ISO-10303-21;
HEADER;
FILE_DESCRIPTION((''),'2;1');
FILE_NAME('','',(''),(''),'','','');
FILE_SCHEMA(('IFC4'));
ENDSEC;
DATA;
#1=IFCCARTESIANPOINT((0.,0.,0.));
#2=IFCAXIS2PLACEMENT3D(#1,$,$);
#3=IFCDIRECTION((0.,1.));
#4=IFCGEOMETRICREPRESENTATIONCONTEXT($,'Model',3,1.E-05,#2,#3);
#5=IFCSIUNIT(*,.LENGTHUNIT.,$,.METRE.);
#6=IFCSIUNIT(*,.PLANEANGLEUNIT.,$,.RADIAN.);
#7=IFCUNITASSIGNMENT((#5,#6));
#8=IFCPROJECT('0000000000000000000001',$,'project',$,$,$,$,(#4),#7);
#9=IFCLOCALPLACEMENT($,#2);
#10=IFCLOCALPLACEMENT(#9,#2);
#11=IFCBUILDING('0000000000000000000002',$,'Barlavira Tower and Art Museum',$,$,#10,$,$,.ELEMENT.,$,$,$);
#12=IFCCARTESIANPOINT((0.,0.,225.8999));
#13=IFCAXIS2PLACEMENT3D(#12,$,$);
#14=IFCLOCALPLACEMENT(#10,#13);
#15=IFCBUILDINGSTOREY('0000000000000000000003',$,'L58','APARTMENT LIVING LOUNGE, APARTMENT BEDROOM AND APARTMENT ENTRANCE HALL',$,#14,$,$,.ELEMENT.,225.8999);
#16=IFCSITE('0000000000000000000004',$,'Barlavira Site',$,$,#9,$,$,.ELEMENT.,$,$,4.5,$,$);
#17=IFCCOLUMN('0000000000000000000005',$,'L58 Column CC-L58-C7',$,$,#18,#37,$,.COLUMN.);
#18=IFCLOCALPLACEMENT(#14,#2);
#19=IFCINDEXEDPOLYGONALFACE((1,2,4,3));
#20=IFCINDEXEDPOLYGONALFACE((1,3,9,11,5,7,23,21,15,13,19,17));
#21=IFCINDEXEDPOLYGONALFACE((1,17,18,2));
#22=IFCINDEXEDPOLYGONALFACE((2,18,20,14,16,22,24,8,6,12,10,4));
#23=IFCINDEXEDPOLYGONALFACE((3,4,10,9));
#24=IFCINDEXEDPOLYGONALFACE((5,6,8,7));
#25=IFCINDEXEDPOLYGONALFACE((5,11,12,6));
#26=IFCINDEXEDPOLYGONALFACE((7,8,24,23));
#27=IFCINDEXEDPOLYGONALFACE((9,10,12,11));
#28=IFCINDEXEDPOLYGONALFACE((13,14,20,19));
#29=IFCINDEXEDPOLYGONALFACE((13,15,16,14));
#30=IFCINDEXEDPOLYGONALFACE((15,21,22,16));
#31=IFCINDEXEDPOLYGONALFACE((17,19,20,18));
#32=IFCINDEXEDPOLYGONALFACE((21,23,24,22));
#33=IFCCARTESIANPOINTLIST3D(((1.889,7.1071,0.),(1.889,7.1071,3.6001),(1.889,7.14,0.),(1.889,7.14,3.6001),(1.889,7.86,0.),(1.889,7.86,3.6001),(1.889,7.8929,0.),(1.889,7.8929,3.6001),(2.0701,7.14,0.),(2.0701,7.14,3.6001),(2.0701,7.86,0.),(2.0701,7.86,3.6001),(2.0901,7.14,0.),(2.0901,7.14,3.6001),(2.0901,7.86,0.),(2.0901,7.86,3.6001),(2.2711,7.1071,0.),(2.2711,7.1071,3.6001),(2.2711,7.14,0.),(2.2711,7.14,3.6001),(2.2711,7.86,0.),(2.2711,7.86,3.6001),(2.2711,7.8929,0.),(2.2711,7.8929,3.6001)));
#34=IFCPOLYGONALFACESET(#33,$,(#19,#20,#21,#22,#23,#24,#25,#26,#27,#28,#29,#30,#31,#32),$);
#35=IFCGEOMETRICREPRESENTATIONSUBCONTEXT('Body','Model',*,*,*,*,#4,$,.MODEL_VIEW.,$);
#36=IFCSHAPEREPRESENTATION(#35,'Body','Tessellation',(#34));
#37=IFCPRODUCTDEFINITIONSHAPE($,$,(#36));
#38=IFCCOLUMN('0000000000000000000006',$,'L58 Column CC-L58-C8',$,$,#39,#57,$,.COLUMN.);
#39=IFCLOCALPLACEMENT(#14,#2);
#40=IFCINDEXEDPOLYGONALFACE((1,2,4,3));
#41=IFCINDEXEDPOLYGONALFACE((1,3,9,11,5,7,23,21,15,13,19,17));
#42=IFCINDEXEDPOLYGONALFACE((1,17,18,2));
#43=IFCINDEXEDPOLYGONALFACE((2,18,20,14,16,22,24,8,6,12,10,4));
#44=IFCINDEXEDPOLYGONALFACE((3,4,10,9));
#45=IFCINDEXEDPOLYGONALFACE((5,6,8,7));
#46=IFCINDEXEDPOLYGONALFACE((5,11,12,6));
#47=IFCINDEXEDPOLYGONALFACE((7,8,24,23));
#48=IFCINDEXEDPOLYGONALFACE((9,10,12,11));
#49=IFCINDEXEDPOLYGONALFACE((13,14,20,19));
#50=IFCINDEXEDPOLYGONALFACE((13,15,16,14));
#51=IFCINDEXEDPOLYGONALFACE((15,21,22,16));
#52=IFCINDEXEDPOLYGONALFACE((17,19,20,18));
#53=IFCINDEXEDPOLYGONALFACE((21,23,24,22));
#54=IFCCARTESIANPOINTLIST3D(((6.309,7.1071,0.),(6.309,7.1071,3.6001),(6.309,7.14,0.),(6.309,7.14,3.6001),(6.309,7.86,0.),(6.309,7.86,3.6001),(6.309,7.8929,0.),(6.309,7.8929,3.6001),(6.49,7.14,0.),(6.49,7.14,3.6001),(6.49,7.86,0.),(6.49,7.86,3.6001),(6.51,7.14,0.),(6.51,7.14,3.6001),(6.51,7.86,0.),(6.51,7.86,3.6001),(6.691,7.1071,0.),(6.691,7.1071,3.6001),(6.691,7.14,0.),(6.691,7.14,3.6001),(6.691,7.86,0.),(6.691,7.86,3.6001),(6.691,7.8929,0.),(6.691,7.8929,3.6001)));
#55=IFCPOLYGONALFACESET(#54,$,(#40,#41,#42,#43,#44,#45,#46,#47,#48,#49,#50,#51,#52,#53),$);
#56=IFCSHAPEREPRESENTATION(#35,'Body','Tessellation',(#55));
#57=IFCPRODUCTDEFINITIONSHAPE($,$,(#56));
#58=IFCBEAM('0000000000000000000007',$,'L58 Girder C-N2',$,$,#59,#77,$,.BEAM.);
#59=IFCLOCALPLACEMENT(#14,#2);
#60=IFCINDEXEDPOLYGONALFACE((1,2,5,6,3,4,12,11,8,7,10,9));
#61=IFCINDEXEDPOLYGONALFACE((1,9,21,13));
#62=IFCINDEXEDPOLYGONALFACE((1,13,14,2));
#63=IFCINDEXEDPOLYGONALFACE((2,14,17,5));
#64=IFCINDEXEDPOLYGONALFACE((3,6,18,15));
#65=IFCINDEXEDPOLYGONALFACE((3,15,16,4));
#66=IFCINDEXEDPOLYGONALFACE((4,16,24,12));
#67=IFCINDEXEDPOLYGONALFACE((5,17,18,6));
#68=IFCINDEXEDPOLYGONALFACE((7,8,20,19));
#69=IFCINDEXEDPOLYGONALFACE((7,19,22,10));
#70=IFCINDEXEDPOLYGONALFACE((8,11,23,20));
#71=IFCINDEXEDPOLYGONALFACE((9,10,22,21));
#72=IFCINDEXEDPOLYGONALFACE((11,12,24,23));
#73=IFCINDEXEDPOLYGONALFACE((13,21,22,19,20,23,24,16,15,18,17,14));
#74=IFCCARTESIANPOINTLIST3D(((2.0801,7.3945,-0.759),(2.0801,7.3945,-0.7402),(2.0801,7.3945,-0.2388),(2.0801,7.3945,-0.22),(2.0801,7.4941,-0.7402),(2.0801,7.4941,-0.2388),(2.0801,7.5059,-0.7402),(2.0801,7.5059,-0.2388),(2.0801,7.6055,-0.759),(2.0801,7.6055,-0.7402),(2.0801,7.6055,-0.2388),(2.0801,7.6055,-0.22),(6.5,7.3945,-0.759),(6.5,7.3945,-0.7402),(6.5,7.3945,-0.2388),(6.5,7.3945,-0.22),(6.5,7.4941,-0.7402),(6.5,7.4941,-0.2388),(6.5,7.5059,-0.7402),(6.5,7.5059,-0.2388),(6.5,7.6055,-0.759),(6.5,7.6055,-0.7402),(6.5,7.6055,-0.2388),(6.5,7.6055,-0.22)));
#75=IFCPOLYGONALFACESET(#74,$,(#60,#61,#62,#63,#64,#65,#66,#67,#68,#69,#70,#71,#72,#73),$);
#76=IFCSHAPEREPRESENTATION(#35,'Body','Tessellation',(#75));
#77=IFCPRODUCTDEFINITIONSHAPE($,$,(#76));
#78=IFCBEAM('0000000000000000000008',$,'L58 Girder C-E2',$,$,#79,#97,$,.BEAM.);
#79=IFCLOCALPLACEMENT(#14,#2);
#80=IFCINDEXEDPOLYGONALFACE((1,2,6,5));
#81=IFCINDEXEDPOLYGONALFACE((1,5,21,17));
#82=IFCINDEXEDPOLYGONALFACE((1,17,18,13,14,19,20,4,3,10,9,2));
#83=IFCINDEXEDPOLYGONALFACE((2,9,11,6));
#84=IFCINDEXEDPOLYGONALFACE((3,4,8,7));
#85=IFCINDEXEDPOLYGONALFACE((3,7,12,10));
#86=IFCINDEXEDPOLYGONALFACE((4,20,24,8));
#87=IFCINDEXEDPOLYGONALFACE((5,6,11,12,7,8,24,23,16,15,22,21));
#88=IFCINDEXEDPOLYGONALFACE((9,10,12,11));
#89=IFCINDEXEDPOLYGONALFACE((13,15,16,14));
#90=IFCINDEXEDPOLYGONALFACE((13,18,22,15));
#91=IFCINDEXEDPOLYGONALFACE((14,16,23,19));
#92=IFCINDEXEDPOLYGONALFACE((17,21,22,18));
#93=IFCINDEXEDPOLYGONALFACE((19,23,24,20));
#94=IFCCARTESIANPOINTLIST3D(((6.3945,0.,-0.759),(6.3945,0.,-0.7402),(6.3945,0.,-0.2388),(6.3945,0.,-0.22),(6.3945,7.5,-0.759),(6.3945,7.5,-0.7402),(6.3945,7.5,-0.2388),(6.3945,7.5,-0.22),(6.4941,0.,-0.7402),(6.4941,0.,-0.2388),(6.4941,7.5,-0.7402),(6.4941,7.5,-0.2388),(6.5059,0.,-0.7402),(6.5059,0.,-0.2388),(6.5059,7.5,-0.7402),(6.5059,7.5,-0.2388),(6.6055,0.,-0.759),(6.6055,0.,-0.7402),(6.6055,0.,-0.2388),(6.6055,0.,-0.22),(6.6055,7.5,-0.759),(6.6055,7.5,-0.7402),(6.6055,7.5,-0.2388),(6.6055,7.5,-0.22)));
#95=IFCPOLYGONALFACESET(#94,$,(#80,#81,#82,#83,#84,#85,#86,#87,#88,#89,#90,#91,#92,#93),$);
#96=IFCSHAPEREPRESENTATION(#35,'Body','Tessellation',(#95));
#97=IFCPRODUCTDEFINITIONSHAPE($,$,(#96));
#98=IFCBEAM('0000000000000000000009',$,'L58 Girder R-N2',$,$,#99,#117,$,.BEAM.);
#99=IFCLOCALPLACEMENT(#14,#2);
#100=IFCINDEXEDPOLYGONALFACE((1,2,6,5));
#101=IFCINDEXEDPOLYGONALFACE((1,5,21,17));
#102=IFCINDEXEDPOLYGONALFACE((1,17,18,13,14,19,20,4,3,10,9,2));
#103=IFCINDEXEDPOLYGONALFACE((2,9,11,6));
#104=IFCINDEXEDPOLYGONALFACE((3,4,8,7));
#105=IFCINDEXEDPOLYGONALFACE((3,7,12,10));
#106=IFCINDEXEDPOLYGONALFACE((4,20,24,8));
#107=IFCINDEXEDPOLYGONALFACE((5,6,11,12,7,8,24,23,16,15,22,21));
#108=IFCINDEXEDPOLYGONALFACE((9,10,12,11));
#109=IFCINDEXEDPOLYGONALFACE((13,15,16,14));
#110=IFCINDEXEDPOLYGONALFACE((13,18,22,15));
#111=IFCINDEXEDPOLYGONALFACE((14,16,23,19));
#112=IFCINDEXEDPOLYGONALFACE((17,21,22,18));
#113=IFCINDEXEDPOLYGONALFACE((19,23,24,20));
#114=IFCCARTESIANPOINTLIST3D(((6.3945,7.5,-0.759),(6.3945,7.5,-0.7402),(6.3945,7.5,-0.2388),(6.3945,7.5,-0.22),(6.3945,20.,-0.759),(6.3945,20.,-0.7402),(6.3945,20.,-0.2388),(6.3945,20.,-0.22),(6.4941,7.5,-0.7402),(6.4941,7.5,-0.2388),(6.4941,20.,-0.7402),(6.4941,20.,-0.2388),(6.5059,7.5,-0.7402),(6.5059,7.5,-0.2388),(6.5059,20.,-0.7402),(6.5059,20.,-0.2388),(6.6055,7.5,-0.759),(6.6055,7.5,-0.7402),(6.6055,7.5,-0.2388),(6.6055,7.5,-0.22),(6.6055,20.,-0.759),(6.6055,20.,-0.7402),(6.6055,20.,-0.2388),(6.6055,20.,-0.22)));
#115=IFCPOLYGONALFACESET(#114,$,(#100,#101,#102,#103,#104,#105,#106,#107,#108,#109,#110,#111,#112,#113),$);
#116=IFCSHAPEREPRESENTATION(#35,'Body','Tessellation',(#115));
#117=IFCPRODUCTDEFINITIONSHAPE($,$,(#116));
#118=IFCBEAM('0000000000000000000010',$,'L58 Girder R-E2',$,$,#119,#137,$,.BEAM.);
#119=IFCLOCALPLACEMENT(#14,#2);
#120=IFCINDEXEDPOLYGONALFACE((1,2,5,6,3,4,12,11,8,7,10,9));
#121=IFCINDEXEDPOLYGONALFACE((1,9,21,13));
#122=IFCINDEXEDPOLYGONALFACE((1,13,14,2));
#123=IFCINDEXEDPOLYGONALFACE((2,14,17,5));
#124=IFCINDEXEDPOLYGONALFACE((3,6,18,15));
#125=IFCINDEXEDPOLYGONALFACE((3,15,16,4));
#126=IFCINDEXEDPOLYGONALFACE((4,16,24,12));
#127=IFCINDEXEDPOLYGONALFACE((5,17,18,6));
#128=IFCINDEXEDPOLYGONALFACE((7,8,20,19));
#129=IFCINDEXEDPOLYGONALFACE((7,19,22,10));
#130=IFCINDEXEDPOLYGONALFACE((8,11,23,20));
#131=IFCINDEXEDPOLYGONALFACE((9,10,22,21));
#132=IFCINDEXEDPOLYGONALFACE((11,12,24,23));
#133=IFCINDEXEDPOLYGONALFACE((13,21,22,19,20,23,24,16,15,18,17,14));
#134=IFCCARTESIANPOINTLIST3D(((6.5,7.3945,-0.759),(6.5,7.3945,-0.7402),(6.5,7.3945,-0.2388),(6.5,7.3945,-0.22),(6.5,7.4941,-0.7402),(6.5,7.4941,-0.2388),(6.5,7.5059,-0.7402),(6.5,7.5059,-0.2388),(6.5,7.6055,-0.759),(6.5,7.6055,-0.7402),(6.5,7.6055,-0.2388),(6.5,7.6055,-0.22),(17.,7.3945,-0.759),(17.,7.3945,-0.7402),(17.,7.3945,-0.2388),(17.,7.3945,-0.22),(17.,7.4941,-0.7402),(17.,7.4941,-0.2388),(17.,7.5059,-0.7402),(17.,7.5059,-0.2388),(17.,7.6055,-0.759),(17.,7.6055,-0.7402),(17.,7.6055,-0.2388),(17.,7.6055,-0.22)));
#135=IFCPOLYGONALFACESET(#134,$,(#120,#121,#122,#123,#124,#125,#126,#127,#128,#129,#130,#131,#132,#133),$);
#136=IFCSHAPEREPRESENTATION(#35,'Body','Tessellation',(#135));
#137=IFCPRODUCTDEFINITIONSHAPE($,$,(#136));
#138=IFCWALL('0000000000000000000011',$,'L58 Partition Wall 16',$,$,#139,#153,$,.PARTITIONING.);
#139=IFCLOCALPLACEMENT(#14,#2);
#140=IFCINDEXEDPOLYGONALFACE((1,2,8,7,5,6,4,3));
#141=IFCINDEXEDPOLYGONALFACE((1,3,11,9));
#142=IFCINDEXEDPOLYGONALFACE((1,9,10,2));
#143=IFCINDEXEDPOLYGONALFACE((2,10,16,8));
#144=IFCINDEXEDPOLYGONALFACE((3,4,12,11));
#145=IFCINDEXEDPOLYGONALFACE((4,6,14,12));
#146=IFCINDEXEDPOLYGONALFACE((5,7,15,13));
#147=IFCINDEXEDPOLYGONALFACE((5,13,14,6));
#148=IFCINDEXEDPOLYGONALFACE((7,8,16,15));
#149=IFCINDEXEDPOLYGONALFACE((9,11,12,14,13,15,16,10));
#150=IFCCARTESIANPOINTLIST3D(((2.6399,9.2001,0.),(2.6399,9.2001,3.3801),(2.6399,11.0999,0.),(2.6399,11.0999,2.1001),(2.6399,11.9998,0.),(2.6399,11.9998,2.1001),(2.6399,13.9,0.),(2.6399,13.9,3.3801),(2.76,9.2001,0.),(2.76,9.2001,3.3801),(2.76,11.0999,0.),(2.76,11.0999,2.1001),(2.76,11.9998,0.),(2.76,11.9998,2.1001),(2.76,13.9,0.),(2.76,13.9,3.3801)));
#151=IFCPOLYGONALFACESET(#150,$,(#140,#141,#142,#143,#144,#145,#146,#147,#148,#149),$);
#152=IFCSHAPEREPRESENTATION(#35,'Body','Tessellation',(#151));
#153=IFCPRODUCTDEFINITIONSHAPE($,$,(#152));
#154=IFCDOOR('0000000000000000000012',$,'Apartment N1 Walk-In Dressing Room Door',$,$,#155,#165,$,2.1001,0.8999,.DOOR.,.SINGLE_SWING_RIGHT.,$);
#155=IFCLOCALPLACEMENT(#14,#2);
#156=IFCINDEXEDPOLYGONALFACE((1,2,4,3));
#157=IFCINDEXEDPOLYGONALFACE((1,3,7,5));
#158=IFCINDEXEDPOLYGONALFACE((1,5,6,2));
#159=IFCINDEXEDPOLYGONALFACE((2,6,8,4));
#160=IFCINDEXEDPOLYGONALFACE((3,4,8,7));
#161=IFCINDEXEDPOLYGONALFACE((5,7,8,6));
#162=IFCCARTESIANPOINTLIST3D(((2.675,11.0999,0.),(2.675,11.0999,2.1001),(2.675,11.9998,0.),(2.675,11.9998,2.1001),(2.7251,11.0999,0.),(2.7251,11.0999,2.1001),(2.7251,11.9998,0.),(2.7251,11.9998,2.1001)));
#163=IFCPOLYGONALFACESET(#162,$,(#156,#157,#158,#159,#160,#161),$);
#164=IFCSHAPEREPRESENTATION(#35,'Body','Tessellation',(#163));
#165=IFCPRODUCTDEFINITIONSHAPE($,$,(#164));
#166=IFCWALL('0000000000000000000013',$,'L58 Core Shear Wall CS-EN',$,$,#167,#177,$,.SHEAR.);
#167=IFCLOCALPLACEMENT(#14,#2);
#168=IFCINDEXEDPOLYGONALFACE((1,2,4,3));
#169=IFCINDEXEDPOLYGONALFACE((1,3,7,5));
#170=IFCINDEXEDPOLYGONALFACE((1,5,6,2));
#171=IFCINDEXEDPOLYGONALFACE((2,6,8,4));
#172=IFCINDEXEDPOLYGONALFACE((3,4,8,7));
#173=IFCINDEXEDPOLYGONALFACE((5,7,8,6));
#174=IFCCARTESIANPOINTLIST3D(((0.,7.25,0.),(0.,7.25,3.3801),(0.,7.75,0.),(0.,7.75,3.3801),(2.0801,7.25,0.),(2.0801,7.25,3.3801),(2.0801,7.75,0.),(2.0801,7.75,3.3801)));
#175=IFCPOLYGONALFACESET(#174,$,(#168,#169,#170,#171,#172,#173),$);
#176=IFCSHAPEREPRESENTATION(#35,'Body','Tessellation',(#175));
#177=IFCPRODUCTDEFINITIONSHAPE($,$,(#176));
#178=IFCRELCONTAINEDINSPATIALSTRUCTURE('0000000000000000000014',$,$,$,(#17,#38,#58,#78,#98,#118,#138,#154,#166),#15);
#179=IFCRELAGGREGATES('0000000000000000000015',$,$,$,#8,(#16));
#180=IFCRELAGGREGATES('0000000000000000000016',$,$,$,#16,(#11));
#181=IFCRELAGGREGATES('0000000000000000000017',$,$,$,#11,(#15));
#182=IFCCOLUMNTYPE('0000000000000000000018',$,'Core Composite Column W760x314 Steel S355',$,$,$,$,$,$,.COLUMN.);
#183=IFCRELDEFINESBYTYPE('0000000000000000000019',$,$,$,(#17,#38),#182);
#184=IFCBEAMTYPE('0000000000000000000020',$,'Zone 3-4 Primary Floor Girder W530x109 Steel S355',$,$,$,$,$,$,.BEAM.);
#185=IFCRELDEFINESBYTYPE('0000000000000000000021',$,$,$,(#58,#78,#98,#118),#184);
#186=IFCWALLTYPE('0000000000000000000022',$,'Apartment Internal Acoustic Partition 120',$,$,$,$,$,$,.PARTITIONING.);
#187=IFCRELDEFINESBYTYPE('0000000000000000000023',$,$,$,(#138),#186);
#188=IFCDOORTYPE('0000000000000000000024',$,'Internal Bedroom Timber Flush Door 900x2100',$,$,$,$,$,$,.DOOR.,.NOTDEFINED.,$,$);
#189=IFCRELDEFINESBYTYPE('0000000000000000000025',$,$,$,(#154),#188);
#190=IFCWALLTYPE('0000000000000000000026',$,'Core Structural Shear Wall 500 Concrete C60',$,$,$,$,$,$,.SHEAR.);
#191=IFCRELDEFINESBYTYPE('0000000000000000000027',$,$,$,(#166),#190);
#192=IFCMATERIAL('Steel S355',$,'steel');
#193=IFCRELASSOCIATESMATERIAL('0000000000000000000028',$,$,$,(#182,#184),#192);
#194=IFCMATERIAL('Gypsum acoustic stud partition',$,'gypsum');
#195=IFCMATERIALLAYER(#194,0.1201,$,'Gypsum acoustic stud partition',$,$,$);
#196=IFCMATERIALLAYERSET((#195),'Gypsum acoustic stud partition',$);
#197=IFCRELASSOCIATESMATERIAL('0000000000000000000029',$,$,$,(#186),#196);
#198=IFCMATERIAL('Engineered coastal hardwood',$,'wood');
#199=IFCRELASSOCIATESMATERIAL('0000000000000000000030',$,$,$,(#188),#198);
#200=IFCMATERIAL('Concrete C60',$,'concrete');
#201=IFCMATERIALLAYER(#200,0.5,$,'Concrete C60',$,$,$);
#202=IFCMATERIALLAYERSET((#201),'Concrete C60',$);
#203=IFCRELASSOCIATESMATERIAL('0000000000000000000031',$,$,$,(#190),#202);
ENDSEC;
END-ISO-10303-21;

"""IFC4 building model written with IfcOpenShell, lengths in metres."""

from ifc_helpers import new_model, si_unit, direction, frame, frame_2d, origin, origin_2d, place, context, subcontext, project, spatial, rectangle, i_section, extrude, material, layer, layer_set, material_profile, profile_set, type_object, element, fill, save


model = new_model("IFC4")

# Units and contexts
model_context = context("Model", 3, precision=1e-05, world=origin(), true_north=direction((0.0, 1.0)))
body_context = subcontext(model_context, "Body", "Model", "MODEL_VIEW")
ifc_project = project(units=[si_unit("LENGTHUNIT", "METRE"), si_unit("PLANEANGLEUNIT", "RADIAN")], contexts=[model_context])

# Site, building, storey
site_placement = place(None, origin())
site = spatial("IfcSite", under=ifc_project, at=site_placement, Name="Barlavira Site", CompositionType="ELEMENT", RefElevation=4.5)
building_placement = place(site_placement, origin())
building = spatial("IfcBuilding", under=site, at=building_placement, Name="Barlavira Tower and Art Museum", CompositionType="ELEMENT")
storey_placement = place(building_placement, frame((0.0, 0.0, 225.8999)))
storey = spatial("IfcBuildingStorey", under=building, at=storey_placement, Name="L58", Description="APARTMENT LIVING LOUNGE, APARTMENT BEDROOM AND APARTMENT ENTRANCE HALL", CompositionType="ELEMENT", Elevation=225.8999)

# Columns
ifc_material_1 = material(Name="Steel S355", Category="steel")
ifc_material_profile_1 = material_profile(ifc_material_1, i_section(OverallWidth=0.3821, OverallDepth=0.7859, WebThickness=0.02, FlangeThickness=0.033, at=origin_2d()), Name="W760x314.0")
ifc_profile_set_1 = profile_set([ifc_material_profile_1], Name="Steel S355")
column_type = type_object("IfcColumnType", Name="Core Composite Column W760x314 Steel S355", PredefinedType="COLUMN", material=ifc_profile_set_1)
for number, where, z_axis, x_axis, name in (
    (1, (2.0801, 7.5, 0.0), (0.0, 0.0, 1.0), (1.0, 0.0, 0.0), "L58 Column CC-L58-C7"),
    (2, (6.5, 7.5, 0.0), (0.0, 0.0, 1.0), (1.0, 0.0, 0.0), "L58 Column CC-L58-C8"),
):
    element("IfcColumn", number, at=place(storey_placement, frame(where, z_axis=z_axis, x_axis=x_axis)), inside=storey, type_object=column_type, Name=name, PredefinedType="COLUMN", context=body_context, shape_type="SweptSolid", body=[
        extrude(i_section(OverallWidth=0.3821, OverallDepth=0.7859, WebThickness=0.02, FlangeThickness=0.033, at=origin_2d()), origin(), (0.0, 0.0, 1.0), 3.6001),
    ])

# Beams
ifc_material_profile_2 = material_profile(ifc_material_1, i_section(OverallWidth=0.2109, OverallDepth=0.5391, WebThickness=0.0117, FlangeThickness=0.0188, at=origin_2d()), Name="W530x109.0")
ifc_profile_set_2 = profile_set([ifc_material_profile_2], Name="Steel S355")
beam_type = type_object("IfcBeamType", Name="Zone 3-4 Primary Floor Girder W530x109 Steel S355", PredefinedType="BEAM", material=ifc_profile_set_2)
beam_1_placement = place(storey_placement, frame((2.0801, 7.5, -0.4895), z_axis=(1.0, 0.0, 0.0), x_axis=(0.0, 1.0, 0.0)))
element("IfcBeam", 3, at=beam_1_placement, inside=storey, type_object=beam_type, Name="L58 Girder C-N2", PredefinedType="BEAM", context=body_context, shape_type="SweptSolid", body=[
    extrude(i_section(OverallWidth=0.2109, OverallDepth=0.5391, WebThickness=0.0117, FlangeThickness=0.0188, at=origin_2d()), origin(), (0.0, 0.0, 1.0), 4.4199),
])
beam_2_placement = place(storey_placement, frame((6.5, 0.0, -0.4895), z_axis=(0.0, 1.0, 0.0), x_axis=(-1.0, 0.0, 0.0)))
element("IfcBeam", 4, at=beam_2_placement, inside=storey, type_object=beam_type, Name="L58 Girder C-E2", PredefinedType="BEAM", context=body_context, shape_type="SweptSolid", body=[
    extrude(i_section(OverallWidth=0.2109, OverallDepth=0.5391, WebThickness=0.0117, FlangeThickness=0.0188, at=origin_2d()), origin(), (0.0, 0.0, 1.0), 7.5),
])
beam_3_placement = place(storey_placement, frame((6.5, 7.5, -0.4895), z_axis=(0.0, 1.0, 0.0), x_axis=(-1.0, 0.0, 0.0)))
element("IfcBeam", 5, at=beam_3_placement, inside=storey, type_object=beam_type, Name="L58 Girder R-N2", PredefinedType="BEAM", context=body_context, shape_type="SweptSolid", body=[
    extrude(i_section(OverallWidth=0.2109, OverallDepth=0.5391, WebThickness=0.0117, FlangeThickness=0.0188, at=origin_2d()), origin(), (0.0, 0.0, 1.0), 12.5),
])
beam_4_placement = place(storey_placement, frame((6.5, 7.5, -0.4895), z_axis=(1.0, 0.0, 0.0), x_axis=(0.0, 1.0, 0.0)))
element("IfcBeam", 6, at=beam_4_placement, inside=storey, type_object=beam_type, Name="L58 Girder R-E2", PredefinedType="BEAM", context=body_context, shape_type="SweptSolid", body=[
    extrude(i_section(OverallWidth=0.2109, OverallDepth=0.5391, WebThickness=0.0117, FlangeThickness=0.0188, at=origin_2d()), origin(), (0.0, 0.0, 1.0), 10.5),
])

# Wall, opening, door
ifc_material_2 = material(Name="Gypsum acoustic stud partition", Category="gypsum")
ifc_layer_1 = layer(ifc_material_2, 0.1201, Name="Gypsum acoustic stud partition")
ifc_layer_set_1 = layer_set([ifc_layer_1], Name="Gypsum acoustic stud partition")
wall_type_1 = type_object("IfcWallType", Name="Apartment Internal Acoustic Partition 120", PredefinedType="PARTITIONING", material=ifc_layer_set_1)
wall_1_placement = place(storey_placement, frame((2.7, 9.2, 0.0), z_axis=(0.0, 0.0, 1.0), x_axis=(0.0, 1.0, 0.0)))
wall_1 = element("IfcWall", 7, at=wall_1_placement, inside=storey, type_object=wall_type_1, Name="L58 Partition Wall 16", PredefinedType="PARTITIONING", context=body_context, shape_type="SweptSolid", body=[
    extrude(rectangle(XDim=4.7, YDim=0.1201, at=frame_2d((2.3501, 0.0))), origin(), (0.0, 0.0, 1.0), 3.3801),
])
opening_1_placement = place(wall_1_placement, frame((1.8999, 0.0, 0.0)))
opening_1 = element("IfcOpeningElement", 8, at=opening_1_placement, cuts=wall_1, PredefinedType="OPENING", context=body_context, shape_type="SweptSolid", body=[
    extrude(rectangle(XDim=0.8999, YDim=2.1001, at=frame_2d((0.45, 1.05))), frame((0.0, 0.0701, 0.0), z_axis=(0.0, -1.0, 0.0), x_axis=(1.0, 0.0, 0.0)), (0.0, 0.0, 1.0), 0.1401),
])
ifc_material_3 = material(Name="Engineered coastal hardwood", Category="wood")
door_type_1 = type_object("IfcDoorType", Name="Internal Bedroom Timber Flush Door 900x2100", OperationType="NOTDEFINED", PredefinedType="DOOR", material=ifc_material_3)
door_1_placement = place(opening_1_placement, origin())
door_1 = element("IfcDoor", 9, at=door_1_placement, inside=storey, type_object=door_type_1, Name="Apartment N1 Walk-In Dressing Room Door", OperationType="SINGLE_SWING_RIGHT", OverallHeight=2.1001, OverallWidth=0.8999, PredefinedType="DOOR", context=body_context, shape_type="SweptSolid", body=[
    extrude(rectangle(XDim=0.8999, YDim=2.1001, at=frame_2d((0.45, 1.05))), frame((0.0, 0.0249, 0.0), z_axis=(0.0, -1.0, 0.0), x_axis=(1.0, 0.0, 0.0)), (0.0, 0.0, 1.0), 0.05),
])
fill(opening_1, door_1)

# Wall
ifc_material_4 = material(Name="Concrete C60", Category="concrete")
ifc_layer_2 = layer(ifc_material_4, 0.5, Name="Concrete C60")
ifc_layer_set_2 = layer_set([ifc_layer_2], Name="Concrete C60")
wall_type_2 = type_object("IfcWallType", Name="Core Structural Shear Wall 500 Concrete C60", PredefinedType="SHEAR", material=ifc_layer_set_2)
wall_2_placement = place(storey_placement, frame((0.0, 7.5, 0.0), z_axis=(0.0, 0.0, 1.0), x_axis=(1.0, 0.0, 0.0)))
element("IfcWall", 10, at=wall_2_placement, inside=storey, type_object=wall_type_2, Name="L58 Core Shear Wall CS-EN", PredefinedType="SHEAR", context=body_context, shape_type="SweptSolid", body=[
    extrude(rectangle(XDim=2.0801, YDim=0.5, at=frame_2d((1.04, 0.0))), origin(), (0.0, 0.0, 1.0), 3.3801),
])

save(model, "model.ifc")
